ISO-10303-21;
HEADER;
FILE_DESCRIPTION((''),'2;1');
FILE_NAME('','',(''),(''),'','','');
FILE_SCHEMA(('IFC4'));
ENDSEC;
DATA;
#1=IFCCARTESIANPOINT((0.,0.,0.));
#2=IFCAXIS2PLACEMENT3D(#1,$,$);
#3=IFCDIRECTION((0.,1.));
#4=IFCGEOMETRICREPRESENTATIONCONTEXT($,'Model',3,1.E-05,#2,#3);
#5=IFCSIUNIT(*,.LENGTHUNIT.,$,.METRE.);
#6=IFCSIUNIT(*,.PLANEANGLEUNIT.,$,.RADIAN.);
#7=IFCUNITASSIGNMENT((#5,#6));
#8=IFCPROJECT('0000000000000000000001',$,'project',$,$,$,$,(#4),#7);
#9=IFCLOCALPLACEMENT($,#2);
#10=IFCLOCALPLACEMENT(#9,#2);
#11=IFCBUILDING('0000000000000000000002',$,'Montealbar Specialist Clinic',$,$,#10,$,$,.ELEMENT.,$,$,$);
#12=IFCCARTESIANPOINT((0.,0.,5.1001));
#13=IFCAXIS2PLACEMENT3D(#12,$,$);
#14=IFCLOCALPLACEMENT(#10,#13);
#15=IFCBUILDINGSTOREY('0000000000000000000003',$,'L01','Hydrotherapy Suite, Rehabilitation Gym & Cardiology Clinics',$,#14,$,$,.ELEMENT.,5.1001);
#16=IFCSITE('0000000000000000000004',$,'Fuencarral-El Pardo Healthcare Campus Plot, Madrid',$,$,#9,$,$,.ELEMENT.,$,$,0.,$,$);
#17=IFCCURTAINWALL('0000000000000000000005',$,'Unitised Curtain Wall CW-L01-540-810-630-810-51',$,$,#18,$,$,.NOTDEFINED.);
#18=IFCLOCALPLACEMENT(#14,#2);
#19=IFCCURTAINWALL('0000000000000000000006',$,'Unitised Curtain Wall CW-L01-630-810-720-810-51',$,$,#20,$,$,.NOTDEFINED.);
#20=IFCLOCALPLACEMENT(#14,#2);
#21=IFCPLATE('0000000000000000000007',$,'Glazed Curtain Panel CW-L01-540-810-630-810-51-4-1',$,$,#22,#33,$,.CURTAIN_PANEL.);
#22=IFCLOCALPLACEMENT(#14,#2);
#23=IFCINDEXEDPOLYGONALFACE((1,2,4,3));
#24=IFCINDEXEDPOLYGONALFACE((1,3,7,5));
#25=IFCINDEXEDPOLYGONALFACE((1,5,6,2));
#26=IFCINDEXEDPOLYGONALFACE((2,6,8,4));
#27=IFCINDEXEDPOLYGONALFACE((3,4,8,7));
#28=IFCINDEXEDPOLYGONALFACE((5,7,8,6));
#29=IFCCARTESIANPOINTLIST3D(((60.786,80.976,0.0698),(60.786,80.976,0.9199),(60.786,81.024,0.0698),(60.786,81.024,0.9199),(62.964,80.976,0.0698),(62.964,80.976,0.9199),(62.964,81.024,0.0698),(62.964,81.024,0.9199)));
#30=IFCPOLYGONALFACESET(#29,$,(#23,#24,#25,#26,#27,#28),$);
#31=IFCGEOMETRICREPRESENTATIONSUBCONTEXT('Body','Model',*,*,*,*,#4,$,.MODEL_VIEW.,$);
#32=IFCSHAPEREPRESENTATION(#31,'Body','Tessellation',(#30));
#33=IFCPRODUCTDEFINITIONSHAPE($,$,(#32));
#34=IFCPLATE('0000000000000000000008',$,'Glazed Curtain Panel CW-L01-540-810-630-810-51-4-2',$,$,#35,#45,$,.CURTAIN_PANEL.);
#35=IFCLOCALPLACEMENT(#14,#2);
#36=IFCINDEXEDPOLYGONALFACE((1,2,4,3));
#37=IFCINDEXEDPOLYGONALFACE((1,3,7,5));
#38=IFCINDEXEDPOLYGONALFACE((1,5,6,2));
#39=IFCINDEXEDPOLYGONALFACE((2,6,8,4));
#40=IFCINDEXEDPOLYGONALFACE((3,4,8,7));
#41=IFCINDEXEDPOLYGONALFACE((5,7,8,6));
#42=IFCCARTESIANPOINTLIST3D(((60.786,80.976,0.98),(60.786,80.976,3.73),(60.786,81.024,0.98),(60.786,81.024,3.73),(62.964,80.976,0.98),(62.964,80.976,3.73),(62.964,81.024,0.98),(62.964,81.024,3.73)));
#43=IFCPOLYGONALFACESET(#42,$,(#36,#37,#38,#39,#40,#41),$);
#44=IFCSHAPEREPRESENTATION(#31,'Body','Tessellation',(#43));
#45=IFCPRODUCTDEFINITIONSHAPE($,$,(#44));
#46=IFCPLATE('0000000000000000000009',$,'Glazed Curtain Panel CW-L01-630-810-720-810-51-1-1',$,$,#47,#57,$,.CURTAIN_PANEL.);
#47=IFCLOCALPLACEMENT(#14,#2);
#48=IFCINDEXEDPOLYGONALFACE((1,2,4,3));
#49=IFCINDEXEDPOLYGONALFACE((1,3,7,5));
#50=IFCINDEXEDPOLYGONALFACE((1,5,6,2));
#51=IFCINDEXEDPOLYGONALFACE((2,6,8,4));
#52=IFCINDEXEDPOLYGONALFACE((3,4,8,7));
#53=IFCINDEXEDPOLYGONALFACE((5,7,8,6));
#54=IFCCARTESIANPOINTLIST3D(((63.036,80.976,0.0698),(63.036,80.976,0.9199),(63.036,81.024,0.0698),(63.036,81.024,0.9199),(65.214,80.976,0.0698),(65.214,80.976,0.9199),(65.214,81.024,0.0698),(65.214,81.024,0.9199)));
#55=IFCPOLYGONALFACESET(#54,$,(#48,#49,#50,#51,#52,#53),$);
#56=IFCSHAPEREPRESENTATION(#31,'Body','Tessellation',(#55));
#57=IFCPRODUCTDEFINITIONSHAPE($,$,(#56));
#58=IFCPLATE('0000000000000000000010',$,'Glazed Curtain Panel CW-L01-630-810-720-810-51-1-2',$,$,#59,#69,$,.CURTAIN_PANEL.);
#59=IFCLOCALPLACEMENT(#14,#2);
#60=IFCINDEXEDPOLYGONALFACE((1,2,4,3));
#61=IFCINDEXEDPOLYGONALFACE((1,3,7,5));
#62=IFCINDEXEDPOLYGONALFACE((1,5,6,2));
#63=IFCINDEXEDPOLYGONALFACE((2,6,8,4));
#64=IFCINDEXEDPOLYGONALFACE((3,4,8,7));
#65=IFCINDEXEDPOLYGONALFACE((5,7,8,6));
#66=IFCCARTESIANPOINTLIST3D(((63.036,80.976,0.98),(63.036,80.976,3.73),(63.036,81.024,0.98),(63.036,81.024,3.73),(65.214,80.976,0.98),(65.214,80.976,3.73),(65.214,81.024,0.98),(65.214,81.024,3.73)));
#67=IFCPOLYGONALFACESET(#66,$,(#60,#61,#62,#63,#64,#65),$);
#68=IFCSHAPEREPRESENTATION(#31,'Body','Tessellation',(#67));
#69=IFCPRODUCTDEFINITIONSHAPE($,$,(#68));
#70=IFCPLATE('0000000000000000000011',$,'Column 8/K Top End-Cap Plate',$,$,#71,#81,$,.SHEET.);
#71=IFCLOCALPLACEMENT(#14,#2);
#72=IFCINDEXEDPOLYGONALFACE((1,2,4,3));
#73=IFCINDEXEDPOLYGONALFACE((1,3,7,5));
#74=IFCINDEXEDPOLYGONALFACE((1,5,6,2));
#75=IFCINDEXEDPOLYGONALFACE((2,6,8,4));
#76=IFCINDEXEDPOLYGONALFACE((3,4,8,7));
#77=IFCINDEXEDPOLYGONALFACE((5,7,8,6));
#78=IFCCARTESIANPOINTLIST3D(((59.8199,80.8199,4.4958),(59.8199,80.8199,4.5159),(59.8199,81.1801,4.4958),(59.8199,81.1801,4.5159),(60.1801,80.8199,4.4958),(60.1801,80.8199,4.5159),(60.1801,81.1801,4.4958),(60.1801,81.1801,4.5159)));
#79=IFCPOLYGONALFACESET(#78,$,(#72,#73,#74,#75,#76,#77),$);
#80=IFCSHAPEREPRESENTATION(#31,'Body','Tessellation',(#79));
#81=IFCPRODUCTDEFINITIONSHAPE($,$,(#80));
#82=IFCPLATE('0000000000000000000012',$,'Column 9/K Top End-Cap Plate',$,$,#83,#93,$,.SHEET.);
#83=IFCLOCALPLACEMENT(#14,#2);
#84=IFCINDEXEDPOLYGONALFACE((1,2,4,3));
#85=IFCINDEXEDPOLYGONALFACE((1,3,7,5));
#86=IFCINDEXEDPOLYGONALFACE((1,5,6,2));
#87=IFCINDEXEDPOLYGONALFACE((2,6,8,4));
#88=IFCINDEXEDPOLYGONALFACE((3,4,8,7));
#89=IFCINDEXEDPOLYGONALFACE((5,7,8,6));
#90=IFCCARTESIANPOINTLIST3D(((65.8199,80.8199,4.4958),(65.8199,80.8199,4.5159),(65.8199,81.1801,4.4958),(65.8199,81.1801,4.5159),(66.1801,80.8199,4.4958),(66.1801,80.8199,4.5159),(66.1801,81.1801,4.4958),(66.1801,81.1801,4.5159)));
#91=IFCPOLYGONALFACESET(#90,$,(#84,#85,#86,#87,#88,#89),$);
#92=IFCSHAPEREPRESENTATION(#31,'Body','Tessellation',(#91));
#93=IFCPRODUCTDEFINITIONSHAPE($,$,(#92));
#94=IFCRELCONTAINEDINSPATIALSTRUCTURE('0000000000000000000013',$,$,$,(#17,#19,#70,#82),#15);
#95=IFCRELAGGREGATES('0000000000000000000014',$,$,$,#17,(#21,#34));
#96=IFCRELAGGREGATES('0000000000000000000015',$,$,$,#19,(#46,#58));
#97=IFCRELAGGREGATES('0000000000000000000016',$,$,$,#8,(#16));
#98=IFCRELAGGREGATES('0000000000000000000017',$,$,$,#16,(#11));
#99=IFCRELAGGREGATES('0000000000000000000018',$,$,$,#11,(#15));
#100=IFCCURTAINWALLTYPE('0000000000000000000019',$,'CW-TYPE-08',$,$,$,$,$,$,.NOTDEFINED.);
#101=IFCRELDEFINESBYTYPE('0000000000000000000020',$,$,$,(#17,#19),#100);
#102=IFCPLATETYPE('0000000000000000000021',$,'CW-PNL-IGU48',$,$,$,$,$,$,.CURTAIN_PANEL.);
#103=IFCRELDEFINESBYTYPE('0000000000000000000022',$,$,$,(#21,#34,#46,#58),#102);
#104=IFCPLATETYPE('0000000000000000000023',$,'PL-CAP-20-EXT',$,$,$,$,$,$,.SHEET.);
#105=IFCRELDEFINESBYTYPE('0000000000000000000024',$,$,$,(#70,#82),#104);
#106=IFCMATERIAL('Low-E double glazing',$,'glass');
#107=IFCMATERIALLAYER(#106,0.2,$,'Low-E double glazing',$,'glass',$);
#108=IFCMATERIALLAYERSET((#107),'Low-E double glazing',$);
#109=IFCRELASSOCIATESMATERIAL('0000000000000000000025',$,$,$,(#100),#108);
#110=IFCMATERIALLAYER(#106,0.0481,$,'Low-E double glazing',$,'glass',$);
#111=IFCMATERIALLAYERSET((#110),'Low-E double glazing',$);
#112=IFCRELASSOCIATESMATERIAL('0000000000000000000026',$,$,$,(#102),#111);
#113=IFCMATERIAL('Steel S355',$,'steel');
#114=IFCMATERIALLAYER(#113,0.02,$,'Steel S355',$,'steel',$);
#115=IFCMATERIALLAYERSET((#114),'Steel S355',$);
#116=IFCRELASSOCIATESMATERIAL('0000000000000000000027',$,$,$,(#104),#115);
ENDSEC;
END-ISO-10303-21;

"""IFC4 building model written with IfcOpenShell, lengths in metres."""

from ifc_helpers import new_model, si_unit, direction, frame, origin, origin_2d, place, context, subcontext, project, spatial, rectangle, extrude, material, layer, layer_set, type_object, element, aggregate, save


model = new_model("IFC4")

# Units and contexts
model_context = context("Model", 3, precision=1e-05, world=origin(), true_north=direction((0.0, 1.0)))
body_context = subcontext(model_context, "Body", "Model", "MODEL_VIEW")
ifc_project = project(units=[si_unit("LENGTHUNIT", "METRE"), si_unit("PLANEANGLEUNIT", "RADIAN")], contexts=[model_context])

# Site, building, storey
site_placement = place(None, origin())
site = spatial("IfcSite", under=ifc_project, at=site_placement, Name="Fuencarral-El Pardo Healthcare Campus Plot, Madrid", CompositionType="ELEMENT", RefElevation=0.0)
building_placement = place(site_placement, origin())
building = spatial("IfcBuilding", under=site, at=building_placement, Name="Montealbar Specialist Clinic", CompositionType="ELEMENT")
storey_placement = place(building_placement, frame((0.0, 0.0, 5.1001)))
storey = spatial("IfcBuildingStorey", under=building, at=storey_placement, Name="L01", Description="Hydrotherapy Suite, Rehabilitation Gym & Cardiology Clinics", CompositionType="ELEMENT", Elevation=5.1001)

# Shared definitions
ifc_material_1 = material(Name="Steel S355", Category="steel")

# Curtain walls
ifc_material_2 = material(Name="Low-E double glazing", Category="glass")
ifc_layer_1 = layer(ifc_material_2, 0.2, Name="Low-E double glazing", Category="glass")
ifc_layer_set_1 = layer_set([ifc_layer_1], Name="Low-E double glazing")
curtain_wall_type = type_object("IfcCurtainWallType", Name="CW-TYPE-08", PredefinedType="NOTDEFINED", material=ifc_layer_set_1)
curtain_wall_1_placement = place(storey_placement, origin())
curtain_wall_1 = element("IfcCurtainWall", 1, at=curtain_wall_1_placement, inside=storey, type_object=curtain_wall_type, Name="Unitised Curtain Wall CW-L01-540-810-630-810-51", PredefinedType="NOTDEFINED")
curtain_wall_2_placement = place(storey_placement, origin())
curtain_wall_2 = element("IfcCurtainWall", 2, at=curtain_wall_2_placement, inside=storey, type_object=curtain_wall_type, Name="Unitised Curtain Wall CW-L01-630-810-720-810-51", PredefinedType="NOTDEFINED")

# Plates
ifc_layer_2 = layer(ifc_material_2, 0.0481, Name="Low-E double glazing", Category="glass")
ifc_layer_set_2 = layer_set([ifc_layer_2], Name="Low-E double glazing")
plate_type_1 = type_object("IfcPlateType", Name="CW-PNL-IGU48", PredefinedType="CURTAIN_PANEL", material=ifc_layer_set_2)
plate_1_placement = place(storey_placement, frame((61.875, 81.0, 0.0698), z_axis=(0.0, 0.0, 1.0), x_axis=(1.0, 0.0, 0.0)))
plate_1 = element("IfcPlate", 3, at=plate_1_placement, type_object=plate_type_1, Name="Glazed Curtain Panel CW-L01-540-810-630-810-51-4-1", PredefinedType="CURTAIN_PANEL", context=body_context, shape_type="SweptSolid", body=[
    extrude(rectangle(XDim=2.178, YDim=0.0481, at=origin_2d()), origin(), (0.0, 0.0, 1.0), 0.8501),
])
plate_2_placement = place(storey_placement, frame((61.875, 81.0, 0.98), z_axis=(0.0, 0.0, 1.0), x_axis=(1.0, 0.0, 0.0)))
plate_2 = element("IfcPlate", 4, at=plate_2_placement, type_object=plate_type_1, Name="Glazed Curtain Panel CW-L01-540-810-630-810-51-4-2", PredefinedType="CURTAIN_PANEL", context=body_context, shape_type="SweptSolid", body=[
    extrude(rectangle(XDim=2.178, YDim=0.0481, at=origin_2d()), origin(), (0.0, 0.0, 1.0), 2.75),
])
aggregate(curtain_wall_1, [plate_1, plate_2])
plate_3_placement = place(storey_placement, frame((64.125, 81.0, 0.0698), z_axis=(0.0, 0.0, 1.0), x_axis=(1.0, 0.0, 0.0)))
plate_3 = element("IfcPlate", 5, at=plate_3_placement, type_object=plate_type_1, Name="Glazed Curtain Panel CW-L01-630-810-720-810-51-1-1", PredefinedType="CURTAIN_PANEL", context=body_context, shape_type="SweptSolid", body=[
    extrude(rectangle(XDim=2.178, YDim=0.0481, at=origin_2d()), origin(), (0.0, 0.0, 1.0), 0.8501),
])
plate_4_placement = place(storey_placement, frame((64.125, 81.0, 0.98), z_axis=(0.0, 0.0, 1.0), x_axis=(1.0, 0.0, 0.0)))
plate_4 = element("IfcPlate", 6, at=plate_4_placement, type_object=plate_type_1, Name="Glazed Curtain Panel CW-L01-630-810-720-810-51-1-2", PredefinedType="CURTAIN_PANEL", context=body_context, shape_type="SweptSolid", body=[
    extrude(rectangle(XDim=2.178, YDim=0.0481, at=origin_2d()), origin(), (0.0, 0.0, 1.0), 2.75),
])
aggregate(curtain_wall_2, [plate_3, plate_4])

# Plates
ifc_layer_3 = layer(ifc_material_1, 0.02, Name="Steel S355", Category="steel")
ifc_layer_set_3 = layer_set([ifc_layer_3], Name="Steel S355")
plate_type_2 = type_object("IfcPlateType", Name="PL-CAP-20-EXT", PredefinedType="SHEET", material=ifc_layer_set_3)
for number, where, z_axis, x_axis, name in (
    (7, (60.0, 81.0, 4.4958), (0.0, 0.0, 1.0), (1.0, 0.0, 0.0), "Column 8/K Top End-Cap Plate"),
    (8, (66.0, 81.0, 4.4958), (0.0, 0.0, 1.0), (1.0, 0.0, 0.0), "Column 9/K Top End-Cap Plate"),
):
    element("IfcPlate", number, at=place(storey_placement, frame(where, z_axis=z_axis, x_axis=x_axis)), inside=storey, type_object=plate_type_2, Name=name, PredefinedType="SHEET", context=body_context, shape_type="SweptSolid", body=[
        extrude(rectangle(XDim=0.3601, YDim=0.3601, at=origin_2d()), origin(), (0.0, 0.0, 1.0), 0.02),
    ])

save(model, "model.ifc")
